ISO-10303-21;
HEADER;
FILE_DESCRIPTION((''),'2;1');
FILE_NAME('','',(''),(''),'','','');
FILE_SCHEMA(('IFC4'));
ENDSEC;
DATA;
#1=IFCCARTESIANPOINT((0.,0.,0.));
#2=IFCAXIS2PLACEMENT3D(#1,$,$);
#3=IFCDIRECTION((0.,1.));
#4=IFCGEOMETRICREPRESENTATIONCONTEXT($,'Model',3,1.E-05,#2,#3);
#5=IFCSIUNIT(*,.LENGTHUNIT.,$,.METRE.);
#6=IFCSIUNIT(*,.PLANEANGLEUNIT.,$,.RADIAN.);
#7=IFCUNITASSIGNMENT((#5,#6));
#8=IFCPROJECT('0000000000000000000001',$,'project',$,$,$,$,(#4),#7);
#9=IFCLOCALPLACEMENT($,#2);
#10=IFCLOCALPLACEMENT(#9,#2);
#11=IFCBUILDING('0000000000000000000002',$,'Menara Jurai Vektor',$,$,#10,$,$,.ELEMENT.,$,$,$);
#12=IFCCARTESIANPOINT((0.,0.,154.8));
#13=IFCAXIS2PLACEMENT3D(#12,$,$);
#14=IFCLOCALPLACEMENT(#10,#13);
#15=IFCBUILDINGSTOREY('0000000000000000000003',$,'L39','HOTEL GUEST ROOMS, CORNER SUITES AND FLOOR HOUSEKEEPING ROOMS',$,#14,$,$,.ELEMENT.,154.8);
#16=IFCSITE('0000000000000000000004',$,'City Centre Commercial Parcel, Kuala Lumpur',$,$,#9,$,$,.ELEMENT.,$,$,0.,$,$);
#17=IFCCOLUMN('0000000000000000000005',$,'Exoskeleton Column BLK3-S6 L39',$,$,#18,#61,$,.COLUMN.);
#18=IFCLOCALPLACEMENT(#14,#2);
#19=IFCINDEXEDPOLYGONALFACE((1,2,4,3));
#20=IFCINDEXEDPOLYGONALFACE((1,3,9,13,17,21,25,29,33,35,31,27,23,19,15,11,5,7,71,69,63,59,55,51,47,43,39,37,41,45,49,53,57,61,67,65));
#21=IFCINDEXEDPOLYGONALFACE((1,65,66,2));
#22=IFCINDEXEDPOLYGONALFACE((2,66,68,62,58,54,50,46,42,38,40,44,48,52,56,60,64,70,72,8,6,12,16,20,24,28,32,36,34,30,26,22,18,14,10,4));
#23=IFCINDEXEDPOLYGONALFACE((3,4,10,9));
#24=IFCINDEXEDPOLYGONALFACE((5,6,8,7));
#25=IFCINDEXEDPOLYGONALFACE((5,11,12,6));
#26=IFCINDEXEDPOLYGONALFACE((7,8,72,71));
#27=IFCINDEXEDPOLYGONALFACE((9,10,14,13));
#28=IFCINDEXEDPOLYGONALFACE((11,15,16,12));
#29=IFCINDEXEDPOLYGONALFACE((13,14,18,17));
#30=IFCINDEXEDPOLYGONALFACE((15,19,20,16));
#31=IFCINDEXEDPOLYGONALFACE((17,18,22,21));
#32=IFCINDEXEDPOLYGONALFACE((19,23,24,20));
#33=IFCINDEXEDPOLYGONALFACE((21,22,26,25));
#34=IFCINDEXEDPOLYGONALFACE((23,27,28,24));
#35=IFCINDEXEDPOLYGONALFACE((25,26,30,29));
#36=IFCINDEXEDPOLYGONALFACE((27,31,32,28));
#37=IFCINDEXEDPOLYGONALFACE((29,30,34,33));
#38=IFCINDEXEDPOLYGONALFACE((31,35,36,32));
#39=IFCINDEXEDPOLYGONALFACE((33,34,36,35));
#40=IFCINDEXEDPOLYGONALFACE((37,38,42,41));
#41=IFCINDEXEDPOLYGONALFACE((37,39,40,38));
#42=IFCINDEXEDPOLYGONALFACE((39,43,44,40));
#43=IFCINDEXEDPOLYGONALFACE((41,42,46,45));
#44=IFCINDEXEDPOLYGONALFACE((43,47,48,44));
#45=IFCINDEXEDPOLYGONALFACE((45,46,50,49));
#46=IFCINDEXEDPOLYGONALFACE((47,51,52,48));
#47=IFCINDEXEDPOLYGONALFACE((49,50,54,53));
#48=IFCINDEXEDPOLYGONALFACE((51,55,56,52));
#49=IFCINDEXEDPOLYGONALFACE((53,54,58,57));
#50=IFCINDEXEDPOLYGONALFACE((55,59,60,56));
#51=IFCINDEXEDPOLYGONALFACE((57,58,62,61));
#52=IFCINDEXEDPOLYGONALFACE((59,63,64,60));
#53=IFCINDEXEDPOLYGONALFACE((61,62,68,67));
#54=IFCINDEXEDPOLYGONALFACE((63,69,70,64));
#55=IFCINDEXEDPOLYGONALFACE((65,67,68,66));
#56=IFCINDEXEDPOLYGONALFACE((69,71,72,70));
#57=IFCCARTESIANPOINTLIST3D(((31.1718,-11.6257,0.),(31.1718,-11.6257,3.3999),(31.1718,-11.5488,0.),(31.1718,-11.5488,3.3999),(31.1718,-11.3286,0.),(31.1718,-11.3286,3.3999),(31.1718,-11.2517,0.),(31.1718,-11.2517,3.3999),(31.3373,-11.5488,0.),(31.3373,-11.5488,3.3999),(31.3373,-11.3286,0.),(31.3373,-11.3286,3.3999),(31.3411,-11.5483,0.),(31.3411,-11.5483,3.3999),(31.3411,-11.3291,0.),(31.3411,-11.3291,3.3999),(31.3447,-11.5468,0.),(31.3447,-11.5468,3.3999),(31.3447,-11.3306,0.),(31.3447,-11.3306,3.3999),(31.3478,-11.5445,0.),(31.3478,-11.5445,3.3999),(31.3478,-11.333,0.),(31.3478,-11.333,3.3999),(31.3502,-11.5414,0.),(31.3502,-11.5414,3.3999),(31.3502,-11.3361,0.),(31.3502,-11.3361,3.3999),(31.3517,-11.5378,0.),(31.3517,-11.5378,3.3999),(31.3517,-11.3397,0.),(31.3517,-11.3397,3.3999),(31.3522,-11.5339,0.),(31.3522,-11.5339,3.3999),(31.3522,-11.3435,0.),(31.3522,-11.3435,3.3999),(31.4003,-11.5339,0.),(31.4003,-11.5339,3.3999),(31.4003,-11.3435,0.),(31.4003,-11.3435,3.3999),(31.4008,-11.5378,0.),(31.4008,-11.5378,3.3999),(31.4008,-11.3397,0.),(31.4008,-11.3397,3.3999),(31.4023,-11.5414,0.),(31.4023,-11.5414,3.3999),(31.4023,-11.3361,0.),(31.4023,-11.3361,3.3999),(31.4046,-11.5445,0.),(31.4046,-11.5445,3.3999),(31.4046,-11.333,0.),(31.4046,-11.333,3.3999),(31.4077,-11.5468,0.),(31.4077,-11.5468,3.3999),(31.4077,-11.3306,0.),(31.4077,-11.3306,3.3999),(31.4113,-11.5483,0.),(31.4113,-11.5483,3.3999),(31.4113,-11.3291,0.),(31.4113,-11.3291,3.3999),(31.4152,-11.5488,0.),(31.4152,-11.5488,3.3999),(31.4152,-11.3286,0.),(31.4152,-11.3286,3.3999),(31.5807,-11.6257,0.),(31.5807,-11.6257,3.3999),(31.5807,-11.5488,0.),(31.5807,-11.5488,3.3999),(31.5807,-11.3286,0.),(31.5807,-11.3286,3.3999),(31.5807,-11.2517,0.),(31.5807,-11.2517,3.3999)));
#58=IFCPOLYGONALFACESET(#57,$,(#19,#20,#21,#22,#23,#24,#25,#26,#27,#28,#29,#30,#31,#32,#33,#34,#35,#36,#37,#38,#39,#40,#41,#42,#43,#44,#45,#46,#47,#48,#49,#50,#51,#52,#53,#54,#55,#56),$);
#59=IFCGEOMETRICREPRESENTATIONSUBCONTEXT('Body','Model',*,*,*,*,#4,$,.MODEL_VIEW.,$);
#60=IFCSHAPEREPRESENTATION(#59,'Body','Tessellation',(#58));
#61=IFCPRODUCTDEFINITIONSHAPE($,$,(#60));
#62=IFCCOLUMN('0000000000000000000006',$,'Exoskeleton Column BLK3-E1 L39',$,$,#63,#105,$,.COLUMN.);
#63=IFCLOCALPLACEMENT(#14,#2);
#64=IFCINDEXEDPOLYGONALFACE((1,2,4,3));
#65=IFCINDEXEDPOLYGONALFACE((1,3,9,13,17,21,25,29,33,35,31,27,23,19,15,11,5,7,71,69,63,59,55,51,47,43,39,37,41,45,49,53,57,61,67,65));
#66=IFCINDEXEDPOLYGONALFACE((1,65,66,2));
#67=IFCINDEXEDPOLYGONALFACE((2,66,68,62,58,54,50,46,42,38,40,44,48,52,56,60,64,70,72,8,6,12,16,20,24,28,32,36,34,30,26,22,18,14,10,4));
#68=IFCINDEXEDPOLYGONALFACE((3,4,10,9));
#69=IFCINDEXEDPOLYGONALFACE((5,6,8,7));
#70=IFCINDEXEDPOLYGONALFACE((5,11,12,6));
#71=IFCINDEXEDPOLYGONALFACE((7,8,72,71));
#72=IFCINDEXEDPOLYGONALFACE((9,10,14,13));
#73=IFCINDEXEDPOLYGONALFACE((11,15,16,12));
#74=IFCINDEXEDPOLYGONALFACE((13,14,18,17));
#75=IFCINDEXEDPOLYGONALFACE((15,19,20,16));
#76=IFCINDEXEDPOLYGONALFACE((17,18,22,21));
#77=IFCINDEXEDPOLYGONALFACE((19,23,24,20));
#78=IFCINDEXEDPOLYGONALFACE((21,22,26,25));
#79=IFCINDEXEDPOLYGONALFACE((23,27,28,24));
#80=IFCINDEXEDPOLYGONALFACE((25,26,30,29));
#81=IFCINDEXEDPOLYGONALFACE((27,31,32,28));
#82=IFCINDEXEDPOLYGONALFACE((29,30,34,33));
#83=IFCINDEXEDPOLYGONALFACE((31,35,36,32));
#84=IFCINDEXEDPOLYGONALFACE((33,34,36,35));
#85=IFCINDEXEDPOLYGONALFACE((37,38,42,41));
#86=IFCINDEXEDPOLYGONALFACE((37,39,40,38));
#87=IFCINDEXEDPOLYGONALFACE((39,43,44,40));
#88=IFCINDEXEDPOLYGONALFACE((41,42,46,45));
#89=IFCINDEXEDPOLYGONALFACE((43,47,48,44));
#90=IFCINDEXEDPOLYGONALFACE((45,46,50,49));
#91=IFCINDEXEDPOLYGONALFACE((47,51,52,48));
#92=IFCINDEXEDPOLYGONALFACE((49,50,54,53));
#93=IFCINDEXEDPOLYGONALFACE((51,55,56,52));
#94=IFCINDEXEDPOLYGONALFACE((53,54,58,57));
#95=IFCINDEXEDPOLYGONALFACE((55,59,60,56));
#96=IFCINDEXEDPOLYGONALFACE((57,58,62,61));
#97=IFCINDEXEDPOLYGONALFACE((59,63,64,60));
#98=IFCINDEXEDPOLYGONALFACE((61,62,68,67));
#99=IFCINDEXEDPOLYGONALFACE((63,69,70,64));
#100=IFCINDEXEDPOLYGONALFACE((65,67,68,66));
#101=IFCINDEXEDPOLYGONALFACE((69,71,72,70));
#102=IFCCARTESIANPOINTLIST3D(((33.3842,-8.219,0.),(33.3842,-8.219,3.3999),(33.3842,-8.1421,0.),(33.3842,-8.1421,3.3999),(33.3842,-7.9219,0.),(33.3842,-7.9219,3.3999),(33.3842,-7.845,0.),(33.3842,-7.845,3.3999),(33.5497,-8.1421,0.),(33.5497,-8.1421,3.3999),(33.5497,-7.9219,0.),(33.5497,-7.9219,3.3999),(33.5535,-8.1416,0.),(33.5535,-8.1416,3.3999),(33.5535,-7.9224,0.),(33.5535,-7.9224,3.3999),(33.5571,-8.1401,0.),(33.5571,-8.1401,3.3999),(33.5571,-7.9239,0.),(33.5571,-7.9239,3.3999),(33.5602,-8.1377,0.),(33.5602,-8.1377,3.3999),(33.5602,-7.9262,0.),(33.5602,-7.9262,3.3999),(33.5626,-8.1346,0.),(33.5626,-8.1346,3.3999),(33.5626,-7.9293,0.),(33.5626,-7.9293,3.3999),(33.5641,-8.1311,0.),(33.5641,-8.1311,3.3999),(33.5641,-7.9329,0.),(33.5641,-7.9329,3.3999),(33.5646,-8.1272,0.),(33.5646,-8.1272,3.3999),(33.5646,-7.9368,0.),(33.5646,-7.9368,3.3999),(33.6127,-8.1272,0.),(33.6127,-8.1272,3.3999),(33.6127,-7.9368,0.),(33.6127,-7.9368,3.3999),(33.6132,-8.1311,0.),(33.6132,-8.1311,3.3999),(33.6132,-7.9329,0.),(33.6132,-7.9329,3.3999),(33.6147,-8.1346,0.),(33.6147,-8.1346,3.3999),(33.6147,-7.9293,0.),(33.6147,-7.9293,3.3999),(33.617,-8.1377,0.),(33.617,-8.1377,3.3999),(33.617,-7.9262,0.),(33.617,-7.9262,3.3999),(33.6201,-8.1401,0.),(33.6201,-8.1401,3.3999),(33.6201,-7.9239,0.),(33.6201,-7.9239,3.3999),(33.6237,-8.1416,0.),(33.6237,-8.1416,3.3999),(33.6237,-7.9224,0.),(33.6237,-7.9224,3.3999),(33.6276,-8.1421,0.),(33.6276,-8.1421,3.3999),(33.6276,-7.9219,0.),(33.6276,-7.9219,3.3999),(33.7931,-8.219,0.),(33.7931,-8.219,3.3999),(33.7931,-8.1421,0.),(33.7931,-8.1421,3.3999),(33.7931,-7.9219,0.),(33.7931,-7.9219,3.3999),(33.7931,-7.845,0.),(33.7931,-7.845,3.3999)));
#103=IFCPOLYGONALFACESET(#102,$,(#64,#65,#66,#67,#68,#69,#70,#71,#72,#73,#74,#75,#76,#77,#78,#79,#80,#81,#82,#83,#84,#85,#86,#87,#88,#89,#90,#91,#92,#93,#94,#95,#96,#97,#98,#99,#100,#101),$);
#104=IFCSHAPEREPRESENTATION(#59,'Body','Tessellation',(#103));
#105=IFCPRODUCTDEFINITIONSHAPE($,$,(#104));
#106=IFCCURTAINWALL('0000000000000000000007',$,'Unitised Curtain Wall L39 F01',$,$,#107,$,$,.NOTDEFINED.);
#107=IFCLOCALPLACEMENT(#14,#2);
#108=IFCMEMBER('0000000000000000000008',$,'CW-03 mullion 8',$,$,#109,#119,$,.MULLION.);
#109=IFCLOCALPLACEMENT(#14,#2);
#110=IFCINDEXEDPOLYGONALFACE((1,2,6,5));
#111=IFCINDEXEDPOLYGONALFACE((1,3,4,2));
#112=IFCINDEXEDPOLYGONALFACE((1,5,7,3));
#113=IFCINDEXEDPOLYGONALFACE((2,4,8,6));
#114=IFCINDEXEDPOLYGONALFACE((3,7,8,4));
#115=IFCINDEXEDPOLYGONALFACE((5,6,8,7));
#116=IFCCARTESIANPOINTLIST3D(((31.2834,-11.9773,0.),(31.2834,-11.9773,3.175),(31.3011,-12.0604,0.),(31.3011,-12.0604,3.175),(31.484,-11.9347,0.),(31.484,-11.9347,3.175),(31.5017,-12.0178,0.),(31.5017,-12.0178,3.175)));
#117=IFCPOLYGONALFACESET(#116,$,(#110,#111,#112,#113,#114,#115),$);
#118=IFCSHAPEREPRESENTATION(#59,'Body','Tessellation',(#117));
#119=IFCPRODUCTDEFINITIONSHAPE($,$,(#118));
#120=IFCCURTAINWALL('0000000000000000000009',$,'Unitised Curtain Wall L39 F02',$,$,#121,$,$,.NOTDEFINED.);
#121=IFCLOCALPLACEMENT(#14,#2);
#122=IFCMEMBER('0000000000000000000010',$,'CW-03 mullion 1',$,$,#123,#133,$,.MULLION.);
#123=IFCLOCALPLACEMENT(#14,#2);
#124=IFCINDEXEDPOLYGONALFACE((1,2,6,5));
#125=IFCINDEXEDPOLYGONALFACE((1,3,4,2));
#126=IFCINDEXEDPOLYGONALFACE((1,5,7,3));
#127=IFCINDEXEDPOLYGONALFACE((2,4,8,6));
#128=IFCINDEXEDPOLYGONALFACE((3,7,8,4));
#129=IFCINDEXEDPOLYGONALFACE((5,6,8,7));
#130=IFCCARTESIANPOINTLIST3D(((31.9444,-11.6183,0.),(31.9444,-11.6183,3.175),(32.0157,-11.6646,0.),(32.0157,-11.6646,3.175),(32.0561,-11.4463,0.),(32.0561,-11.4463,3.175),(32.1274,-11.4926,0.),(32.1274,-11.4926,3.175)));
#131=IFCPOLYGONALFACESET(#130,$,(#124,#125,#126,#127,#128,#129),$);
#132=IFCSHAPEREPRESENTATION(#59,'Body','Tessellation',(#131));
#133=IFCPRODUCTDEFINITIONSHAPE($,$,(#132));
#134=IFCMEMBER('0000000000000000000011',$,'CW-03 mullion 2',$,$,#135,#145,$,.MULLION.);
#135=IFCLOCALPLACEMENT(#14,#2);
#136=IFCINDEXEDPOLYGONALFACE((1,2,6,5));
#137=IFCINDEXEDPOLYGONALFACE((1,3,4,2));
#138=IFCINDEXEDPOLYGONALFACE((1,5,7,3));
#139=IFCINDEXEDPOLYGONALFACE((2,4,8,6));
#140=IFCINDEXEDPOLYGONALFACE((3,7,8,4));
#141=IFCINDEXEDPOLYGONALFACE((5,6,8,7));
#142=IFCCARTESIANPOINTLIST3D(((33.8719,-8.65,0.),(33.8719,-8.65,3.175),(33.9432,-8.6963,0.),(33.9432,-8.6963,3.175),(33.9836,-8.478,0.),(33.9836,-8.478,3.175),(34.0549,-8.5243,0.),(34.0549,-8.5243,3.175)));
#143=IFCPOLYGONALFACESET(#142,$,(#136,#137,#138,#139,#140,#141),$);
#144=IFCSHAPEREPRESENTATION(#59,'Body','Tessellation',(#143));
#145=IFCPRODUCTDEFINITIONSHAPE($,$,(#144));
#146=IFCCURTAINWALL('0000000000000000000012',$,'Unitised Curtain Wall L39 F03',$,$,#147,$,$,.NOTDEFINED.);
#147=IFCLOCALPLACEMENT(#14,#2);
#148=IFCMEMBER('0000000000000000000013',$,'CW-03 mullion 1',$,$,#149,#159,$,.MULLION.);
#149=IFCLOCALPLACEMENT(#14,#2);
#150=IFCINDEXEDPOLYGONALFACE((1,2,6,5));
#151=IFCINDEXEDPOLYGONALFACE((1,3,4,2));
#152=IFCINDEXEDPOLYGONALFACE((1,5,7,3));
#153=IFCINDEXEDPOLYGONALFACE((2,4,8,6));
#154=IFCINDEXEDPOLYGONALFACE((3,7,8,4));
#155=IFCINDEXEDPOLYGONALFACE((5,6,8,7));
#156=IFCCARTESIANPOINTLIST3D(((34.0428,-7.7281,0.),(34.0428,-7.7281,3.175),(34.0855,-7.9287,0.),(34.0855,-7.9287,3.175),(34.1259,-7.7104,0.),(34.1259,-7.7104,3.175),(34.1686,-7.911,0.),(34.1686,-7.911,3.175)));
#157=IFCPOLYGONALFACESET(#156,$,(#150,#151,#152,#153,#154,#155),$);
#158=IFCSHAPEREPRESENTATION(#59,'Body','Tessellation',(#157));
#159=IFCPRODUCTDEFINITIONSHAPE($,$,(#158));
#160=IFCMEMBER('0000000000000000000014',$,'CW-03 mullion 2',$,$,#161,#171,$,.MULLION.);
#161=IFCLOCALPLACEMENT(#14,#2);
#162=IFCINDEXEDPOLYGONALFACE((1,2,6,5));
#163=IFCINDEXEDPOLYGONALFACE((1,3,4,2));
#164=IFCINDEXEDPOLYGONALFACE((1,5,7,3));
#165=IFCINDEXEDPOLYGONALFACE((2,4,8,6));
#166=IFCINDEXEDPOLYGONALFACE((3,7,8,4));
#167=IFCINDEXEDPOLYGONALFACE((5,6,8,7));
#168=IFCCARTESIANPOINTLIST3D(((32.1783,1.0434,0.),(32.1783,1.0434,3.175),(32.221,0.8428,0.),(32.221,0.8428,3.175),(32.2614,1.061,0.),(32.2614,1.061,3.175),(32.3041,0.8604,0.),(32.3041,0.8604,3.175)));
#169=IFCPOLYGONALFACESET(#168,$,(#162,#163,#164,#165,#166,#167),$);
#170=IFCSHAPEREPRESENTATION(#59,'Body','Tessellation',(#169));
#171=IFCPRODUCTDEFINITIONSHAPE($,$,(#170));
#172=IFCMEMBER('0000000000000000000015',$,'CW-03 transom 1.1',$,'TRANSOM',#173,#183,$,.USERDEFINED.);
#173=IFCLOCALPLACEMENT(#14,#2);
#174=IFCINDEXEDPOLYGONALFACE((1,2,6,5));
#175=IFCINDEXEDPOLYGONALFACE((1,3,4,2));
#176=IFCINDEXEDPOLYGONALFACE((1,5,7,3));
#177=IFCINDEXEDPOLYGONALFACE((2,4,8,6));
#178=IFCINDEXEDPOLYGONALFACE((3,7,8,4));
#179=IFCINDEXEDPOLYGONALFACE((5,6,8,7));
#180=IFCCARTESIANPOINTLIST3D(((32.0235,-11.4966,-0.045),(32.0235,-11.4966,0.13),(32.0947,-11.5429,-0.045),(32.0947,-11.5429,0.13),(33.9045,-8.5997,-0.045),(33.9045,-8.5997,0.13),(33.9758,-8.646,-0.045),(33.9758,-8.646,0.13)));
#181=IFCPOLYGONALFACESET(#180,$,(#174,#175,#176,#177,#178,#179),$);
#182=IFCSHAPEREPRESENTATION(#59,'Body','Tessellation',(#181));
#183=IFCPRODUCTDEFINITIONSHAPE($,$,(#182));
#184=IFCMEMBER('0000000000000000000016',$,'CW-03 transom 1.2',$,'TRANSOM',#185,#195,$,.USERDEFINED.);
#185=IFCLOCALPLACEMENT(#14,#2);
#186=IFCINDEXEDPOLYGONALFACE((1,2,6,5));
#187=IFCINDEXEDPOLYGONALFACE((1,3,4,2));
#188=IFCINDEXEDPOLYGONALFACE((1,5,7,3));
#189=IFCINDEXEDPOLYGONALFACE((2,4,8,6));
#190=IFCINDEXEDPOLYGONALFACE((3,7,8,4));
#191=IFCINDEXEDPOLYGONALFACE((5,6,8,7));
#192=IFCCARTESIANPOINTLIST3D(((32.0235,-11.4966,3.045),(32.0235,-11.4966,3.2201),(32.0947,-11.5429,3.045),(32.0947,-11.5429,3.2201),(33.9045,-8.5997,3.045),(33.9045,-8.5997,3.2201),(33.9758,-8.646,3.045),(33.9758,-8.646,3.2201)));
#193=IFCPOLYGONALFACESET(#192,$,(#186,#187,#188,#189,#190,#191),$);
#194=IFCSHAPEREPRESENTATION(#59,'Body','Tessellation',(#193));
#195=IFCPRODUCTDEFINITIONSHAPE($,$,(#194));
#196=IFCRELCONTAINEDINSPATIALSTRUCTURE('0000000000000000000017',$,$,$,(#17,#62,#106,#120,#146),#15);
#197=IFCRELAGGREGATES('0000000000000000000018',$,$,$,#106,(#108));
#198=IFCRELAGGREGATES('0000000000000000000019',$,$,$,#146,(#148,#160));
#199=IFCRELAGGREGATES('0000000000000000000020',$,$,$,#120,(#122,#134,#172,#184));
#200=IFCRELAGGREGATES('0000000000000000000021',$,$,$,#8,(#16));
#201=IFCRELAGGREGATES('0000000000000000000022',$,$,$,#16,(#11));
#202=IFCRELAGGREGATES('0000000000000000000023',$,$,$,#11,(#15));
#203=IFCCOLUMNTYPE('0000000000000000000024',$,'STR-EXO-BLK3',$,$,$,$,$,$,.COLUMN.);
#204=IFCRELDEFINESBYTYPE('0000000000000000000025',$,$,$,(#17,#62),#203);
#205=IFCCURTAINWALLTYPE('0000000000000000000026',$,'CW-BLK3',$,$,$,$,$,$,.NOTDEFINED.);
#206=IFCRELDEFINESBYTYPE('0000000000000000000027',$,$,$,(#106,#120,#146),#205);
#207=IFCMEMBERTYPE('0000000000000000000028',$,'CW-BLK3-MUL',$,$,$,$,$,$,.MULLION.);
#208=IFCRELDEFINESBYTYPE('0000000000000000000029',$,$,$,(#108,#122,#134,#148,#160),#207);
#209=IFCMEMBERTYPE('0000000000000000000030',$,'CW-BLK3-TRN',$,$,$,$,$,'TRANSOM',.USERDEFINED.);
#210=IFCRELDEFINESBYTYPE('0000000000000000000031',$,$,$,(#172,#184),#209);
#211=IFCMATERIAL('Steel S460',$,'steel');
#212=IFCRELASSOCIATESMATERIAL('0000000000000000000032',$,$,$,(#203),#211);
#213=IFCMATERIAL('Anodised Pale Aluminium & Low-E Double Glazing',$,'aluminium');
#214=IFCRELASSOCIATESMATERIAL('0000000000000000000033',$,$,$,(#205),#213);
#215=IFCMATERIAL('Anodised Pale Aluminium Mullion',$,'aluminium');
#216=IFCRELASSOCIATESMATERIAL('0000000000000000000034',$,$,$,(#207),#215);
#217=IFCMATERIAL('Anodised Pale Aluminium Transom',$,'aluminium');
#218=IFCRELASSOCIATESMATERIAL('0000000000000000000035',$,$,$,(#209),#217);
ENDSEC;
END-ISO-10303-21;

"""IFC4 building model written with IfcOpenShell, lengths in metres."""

from ifc_helpers import new_model, si_unit, direction, frame, origin, origin_2d, place, context, subcontext, project, spatial, rectangle, i_section, extrude, material, material_profile, profile_set, type_object, element, aggregate, save


model = new_model("IFC4")

# Units and contexts
model_context = context("Model", 3, precision=1e-05, world=origin(), true_north=direction((0.0, 1.0)))
body_context = subcontext(model_context, "Body", "Model", "MODEL_VIEW")
ifc_project = project(units=[si_unit("LENGTHUNIT", "METRE"), si_unit("PLANEANGLEUNIT", "RADIAN")], contexts=[model_context])

# Site, building, storey
site_placement = place(None, origin())
site = spatial("IfcSite", under=ifc_project, at=site_placement, Name="City Centre Commercial Parcel, Kuala Lumpur", CompositionType="ELEMENT", RefElevation=0.0)
building_placement = place(site_placement, origin())
building = spatial("IfcBuilding", under=site, at=building_placement, Name="Menara Jurai Vektor", CompositionType="ELEMENT")
storey_placement = place(building_placement, frame((0.0, 0.0, 154.8)))
storey = spatial("IfcBuildingStorey", under=building, at=storey_placement, Name="L39", Description="HOTEL GUEST ROOMS, CORNER SUITES AND FLOOR HOUSEKEEPING ROOMS", CompositionType="ELEMENT", Elevation=154.8)

# Columns
ifc_material_1 = material(Name="Steel S460", Category="steel")
ifc_material_profile_1 = material_profile(ifc_material_1, i_section(OverallWidth=0.4089, OverallDepth=0.374, WebThickness=0.0481, FlangeThickness=0.0769, FilletRadius=0.0149, at=origin_2d()), Name="HD 400x634")
ifc_profile_set_1 = profile_set([ifc_material_profile_1], Name="Steel S460")
column_type = type_object("IfcColumnType", Name="STR-EXO-BLK3", PredefinedType="COLUMN", material=ifc_profile_set_1)
for number, where, z_axis, x_axis, name in (
    (1, (31.3762, -11.4387, 0.0), (0.0, 0.0, 1.0), (1.0, 0.0, 0.0), "Exoskeleton Column BLK3-S6 L39"),
    (2, (33.5886, -8.032, 0.0), (0.0, 0.0, 1.0), (1.0, 0.0, 0.0), "Exoskeleton Column BLK3-E1 L39"),
):
    element("IfcColumn", number, at=place(storey_placement, frame(where, z_axis=z_axis, x_axis=x_axis)), inside=storey, type_object=column_type, Name=name, PredefinedType="COLUMN", context=body_context, shape_type="SweptSolid", body=[
        extrude(i_section(OverallWidth=0.4089, OverallDepth=0.374, WebThickness=0.0481, FlangeThickness=0.0769, FilletRadius=0.0149, at=origin_2d()), origin(), (0.0, 0.0, 1.0), 3.3999),
    ])

# Curtain wall, member
ifc_material_2 = material(Name="Anodised Pale Aluminium & Low-E Double Glazing", Category="aluminium")
curtain_wall_type = type_object("IfcCurtainWallType", Name="CW-BLK3", PredefinedType="NOTDEFINED", material=ifc_material_2)
curtain_wall_1_placement = place(storey_placement, origin())
curtain_wall_1 = element("IfcCurtainWall", 3, at=curtain_wall_1_placement, inside=storey, type_object=curtain_wall_type, Name="Unitised Curtain Wall L39 F01", PredefinedType="NOTDEFINED")
ifc_material_3 = material(Name="Anodised Pale Aluminium Mullion", Category="aluminium")
ifc_material_profile_2 = material_profile(ifc_material_3, rectangle(XDim=0.085, YDim=0.2051, at=origin_2d()), Name="ALU MUL 85x205")
ifc_profile_set_2 = profile_set([ifc_material_profile_2], Name="Anodised Pale Aluminium Mullion")
member_type_1 = type_object("IfcMemberType", Name="CW-BLK3-MUL", PredefinedType="MULLION", material=ifc_profile_set_2)
member_1_placement = place(storey_placement, frame((31.3926, -11.9976, 0.0), z_axis=(0.0, 0.0, 1.0), x_axis=(-0.207911, 0.978148, 0.0)))
member_1 = element("IfcMember", 4, at=member_1_placement, type_object=member_type_1, Name="CW-03 mullion 8", PredefinedType="MULLION", context=body_context, shape_type="SweptSolid", body=[
    extrude(rectangle(XDim=0.085, YDim=0.2051, at=origin_2d()), origin(), (0.0, 0.0, 1.0), 3.175),
])

# Curtain walls, members
curtain_wall_2_placement = place(storey_placement, origin())
curtain_wall_2 = element("IfcCurtainWall", 5, at=curtain_wall_2_placement, inside=storey, type_object=curtain_wall_type, Name="Unitised Curtain Wall L39 F02", PredefinedType="NOTDEFINED")
member_2_placement = place(storey_placement, frame((32.0359, -11.5554, 0.0), z_axis=(0.0, 0.0, 1.0), x_axis=(-0.838684, 0.544618, 0.0)))
member_2 = element("IfcMember", 6, at=member_2_placement, type_object=member_type_1, Name="CW-03 mullion 1", PredefinedType="MULLION", context=body_context, shape_type="SweptSolid", body=[
    extrude(rectangle(XDim=0.085, YDim=0.2051, at=origin_2d()), origin(), (0.0, 0.0, 1.0), 3.175),
])
member_3_placement = place(storey_placement, frame((33.9634, -8.5872, 0.0), z_axis=(0.0, 0.0, 1.0), x_axis=(-0.838684, 0.544618, 0.0)))
member_3 = element("IfcMember", 7, at=member_3_placement, type_object=member_type_1, Name="CW-03 mullion 2", PredefinedType="MULLION", context=body_context, shape_type="SweptSolid", body=[
    extrude(rectangle(XDim=0.085, YDim=0.2051, at=origin_2d()), origin(), (0.0, 0.0, 1.0), 3.175),
])
curtain_wall_3_placement = place(storey_placement, origin())
curtain_wall_3 = element("IfcCurtainWall", 8, at=curtain_wall_3_placement, inside=storey, type_object=curtain_wall_type, Name="Unitised Curtain Wall L39 F03", PredefinedType="NOTDEFINED")
member_4_placement = place(storey_placement, frame((34.1057, -7.8196, 0.0), z_axis=(0.0, 0.0, 1.0), x_axis=(-0.978148, -0.20791, 0.0)))
member_4 = element("IfcMember", 9, at=member_4_placement, type_object=member_type_1, Name="CW-03 mullion 1", PredefinedType="MULLION", context=body_context, shape_type="SweptSolid", body=[
    extrude(rectangle(XDim=0.085, YDim=0.2051, at=origin_2d()), origin(), (0.0, 0.0, 1.0), 3.175),
])
member_5_placement = place(storey_placement, frame((32.2412, 0.9519, 0.0), z_axis=(0.0, 0.0, 1.0), x_axis=(-0.978148, -0.20791, 0.0)))
member_5 = element("IfcMember", 10, at=member_5_placement, type_object=member_type_1, Name="CW-03 mullion 2", PredefinedType="MULLION", context=body_context, shape_type="SweptSolid", body=[
    extrude(rectangle(XDim=0.085, YDim=0.2051, at=origin_2d()), origin(), (0.0, 0.0, 1.0), 3.175),
])

# Members
ifc_material_4 = material(Name="Anodised Pale Aluminium Transom", Category="aluminium")
ifc_material_profile_3 = material_profile(ifc_material_4, rectangle(XDim=0.085, YDim=0.175, at=origin_2d()), Name="ALU TRN 85x175")
ifc_profile_set_3 = profile_set([ifc_material_profile_3], Name="Anodised Pale Aluminium Transom")
member_type_2 = type_object("IfcMemberType", Name="CW-BLK3-TRN", ElementType="TRANSOM", PredefinedType="USERDEFINED", material=ifc_profile_set_3)
member_6_placement = place(storey_placement, frame((32.0591, -11.5198, 0.0425), z_axis=(0.544596, 0.838699, 0.0), x_axis=(-0.838699, 0.544596, 0.0)))
member_6 = element("IfcMember", 11, at=member_6_placement, type_object=member_type_2, Name="CW-03 transom 1.1", ObjectType="TRANSOM", PredefinedType="USERDEFINED", context=body_context, shape_type="SweptSolid", body=[
    extrude(rectangle(XDim=0.085, YDim=0.175, at=origin_2d()), origin(), (0.0, 0.0, 1.0), 3.4541),
])
member_7_placement = place(storey_placement, frame((32.0591, -11.5198, 3.1326), z_axis=(0.544596, 0.838699, 0.0), x_axis=(-0.838699, 0.544596, 0.0)))
member_7 = element("IfcMember", 12, at=member_7_placement, type_object=member_type_2, Name="CW-03 transom 1.2", ObjectType="TRANSOM", PredefinedType="USERDEFINED", context=body_context, shape_type="SweptSolid", body=[
    extrude(rectangle(XDim=0.085, YDim=0.175, at=origin_2d()), origin(), (0.0, 0.0, 1.0), 3.4541),
])

aggregate(curtain_wall_1, [member_1])
aggregate(curtain_wall_3, [member_4, member_5])
aggregate(curtain_wall_2, [member_2, member_3, member_6, member_7])

save(model, "model.ifc")
